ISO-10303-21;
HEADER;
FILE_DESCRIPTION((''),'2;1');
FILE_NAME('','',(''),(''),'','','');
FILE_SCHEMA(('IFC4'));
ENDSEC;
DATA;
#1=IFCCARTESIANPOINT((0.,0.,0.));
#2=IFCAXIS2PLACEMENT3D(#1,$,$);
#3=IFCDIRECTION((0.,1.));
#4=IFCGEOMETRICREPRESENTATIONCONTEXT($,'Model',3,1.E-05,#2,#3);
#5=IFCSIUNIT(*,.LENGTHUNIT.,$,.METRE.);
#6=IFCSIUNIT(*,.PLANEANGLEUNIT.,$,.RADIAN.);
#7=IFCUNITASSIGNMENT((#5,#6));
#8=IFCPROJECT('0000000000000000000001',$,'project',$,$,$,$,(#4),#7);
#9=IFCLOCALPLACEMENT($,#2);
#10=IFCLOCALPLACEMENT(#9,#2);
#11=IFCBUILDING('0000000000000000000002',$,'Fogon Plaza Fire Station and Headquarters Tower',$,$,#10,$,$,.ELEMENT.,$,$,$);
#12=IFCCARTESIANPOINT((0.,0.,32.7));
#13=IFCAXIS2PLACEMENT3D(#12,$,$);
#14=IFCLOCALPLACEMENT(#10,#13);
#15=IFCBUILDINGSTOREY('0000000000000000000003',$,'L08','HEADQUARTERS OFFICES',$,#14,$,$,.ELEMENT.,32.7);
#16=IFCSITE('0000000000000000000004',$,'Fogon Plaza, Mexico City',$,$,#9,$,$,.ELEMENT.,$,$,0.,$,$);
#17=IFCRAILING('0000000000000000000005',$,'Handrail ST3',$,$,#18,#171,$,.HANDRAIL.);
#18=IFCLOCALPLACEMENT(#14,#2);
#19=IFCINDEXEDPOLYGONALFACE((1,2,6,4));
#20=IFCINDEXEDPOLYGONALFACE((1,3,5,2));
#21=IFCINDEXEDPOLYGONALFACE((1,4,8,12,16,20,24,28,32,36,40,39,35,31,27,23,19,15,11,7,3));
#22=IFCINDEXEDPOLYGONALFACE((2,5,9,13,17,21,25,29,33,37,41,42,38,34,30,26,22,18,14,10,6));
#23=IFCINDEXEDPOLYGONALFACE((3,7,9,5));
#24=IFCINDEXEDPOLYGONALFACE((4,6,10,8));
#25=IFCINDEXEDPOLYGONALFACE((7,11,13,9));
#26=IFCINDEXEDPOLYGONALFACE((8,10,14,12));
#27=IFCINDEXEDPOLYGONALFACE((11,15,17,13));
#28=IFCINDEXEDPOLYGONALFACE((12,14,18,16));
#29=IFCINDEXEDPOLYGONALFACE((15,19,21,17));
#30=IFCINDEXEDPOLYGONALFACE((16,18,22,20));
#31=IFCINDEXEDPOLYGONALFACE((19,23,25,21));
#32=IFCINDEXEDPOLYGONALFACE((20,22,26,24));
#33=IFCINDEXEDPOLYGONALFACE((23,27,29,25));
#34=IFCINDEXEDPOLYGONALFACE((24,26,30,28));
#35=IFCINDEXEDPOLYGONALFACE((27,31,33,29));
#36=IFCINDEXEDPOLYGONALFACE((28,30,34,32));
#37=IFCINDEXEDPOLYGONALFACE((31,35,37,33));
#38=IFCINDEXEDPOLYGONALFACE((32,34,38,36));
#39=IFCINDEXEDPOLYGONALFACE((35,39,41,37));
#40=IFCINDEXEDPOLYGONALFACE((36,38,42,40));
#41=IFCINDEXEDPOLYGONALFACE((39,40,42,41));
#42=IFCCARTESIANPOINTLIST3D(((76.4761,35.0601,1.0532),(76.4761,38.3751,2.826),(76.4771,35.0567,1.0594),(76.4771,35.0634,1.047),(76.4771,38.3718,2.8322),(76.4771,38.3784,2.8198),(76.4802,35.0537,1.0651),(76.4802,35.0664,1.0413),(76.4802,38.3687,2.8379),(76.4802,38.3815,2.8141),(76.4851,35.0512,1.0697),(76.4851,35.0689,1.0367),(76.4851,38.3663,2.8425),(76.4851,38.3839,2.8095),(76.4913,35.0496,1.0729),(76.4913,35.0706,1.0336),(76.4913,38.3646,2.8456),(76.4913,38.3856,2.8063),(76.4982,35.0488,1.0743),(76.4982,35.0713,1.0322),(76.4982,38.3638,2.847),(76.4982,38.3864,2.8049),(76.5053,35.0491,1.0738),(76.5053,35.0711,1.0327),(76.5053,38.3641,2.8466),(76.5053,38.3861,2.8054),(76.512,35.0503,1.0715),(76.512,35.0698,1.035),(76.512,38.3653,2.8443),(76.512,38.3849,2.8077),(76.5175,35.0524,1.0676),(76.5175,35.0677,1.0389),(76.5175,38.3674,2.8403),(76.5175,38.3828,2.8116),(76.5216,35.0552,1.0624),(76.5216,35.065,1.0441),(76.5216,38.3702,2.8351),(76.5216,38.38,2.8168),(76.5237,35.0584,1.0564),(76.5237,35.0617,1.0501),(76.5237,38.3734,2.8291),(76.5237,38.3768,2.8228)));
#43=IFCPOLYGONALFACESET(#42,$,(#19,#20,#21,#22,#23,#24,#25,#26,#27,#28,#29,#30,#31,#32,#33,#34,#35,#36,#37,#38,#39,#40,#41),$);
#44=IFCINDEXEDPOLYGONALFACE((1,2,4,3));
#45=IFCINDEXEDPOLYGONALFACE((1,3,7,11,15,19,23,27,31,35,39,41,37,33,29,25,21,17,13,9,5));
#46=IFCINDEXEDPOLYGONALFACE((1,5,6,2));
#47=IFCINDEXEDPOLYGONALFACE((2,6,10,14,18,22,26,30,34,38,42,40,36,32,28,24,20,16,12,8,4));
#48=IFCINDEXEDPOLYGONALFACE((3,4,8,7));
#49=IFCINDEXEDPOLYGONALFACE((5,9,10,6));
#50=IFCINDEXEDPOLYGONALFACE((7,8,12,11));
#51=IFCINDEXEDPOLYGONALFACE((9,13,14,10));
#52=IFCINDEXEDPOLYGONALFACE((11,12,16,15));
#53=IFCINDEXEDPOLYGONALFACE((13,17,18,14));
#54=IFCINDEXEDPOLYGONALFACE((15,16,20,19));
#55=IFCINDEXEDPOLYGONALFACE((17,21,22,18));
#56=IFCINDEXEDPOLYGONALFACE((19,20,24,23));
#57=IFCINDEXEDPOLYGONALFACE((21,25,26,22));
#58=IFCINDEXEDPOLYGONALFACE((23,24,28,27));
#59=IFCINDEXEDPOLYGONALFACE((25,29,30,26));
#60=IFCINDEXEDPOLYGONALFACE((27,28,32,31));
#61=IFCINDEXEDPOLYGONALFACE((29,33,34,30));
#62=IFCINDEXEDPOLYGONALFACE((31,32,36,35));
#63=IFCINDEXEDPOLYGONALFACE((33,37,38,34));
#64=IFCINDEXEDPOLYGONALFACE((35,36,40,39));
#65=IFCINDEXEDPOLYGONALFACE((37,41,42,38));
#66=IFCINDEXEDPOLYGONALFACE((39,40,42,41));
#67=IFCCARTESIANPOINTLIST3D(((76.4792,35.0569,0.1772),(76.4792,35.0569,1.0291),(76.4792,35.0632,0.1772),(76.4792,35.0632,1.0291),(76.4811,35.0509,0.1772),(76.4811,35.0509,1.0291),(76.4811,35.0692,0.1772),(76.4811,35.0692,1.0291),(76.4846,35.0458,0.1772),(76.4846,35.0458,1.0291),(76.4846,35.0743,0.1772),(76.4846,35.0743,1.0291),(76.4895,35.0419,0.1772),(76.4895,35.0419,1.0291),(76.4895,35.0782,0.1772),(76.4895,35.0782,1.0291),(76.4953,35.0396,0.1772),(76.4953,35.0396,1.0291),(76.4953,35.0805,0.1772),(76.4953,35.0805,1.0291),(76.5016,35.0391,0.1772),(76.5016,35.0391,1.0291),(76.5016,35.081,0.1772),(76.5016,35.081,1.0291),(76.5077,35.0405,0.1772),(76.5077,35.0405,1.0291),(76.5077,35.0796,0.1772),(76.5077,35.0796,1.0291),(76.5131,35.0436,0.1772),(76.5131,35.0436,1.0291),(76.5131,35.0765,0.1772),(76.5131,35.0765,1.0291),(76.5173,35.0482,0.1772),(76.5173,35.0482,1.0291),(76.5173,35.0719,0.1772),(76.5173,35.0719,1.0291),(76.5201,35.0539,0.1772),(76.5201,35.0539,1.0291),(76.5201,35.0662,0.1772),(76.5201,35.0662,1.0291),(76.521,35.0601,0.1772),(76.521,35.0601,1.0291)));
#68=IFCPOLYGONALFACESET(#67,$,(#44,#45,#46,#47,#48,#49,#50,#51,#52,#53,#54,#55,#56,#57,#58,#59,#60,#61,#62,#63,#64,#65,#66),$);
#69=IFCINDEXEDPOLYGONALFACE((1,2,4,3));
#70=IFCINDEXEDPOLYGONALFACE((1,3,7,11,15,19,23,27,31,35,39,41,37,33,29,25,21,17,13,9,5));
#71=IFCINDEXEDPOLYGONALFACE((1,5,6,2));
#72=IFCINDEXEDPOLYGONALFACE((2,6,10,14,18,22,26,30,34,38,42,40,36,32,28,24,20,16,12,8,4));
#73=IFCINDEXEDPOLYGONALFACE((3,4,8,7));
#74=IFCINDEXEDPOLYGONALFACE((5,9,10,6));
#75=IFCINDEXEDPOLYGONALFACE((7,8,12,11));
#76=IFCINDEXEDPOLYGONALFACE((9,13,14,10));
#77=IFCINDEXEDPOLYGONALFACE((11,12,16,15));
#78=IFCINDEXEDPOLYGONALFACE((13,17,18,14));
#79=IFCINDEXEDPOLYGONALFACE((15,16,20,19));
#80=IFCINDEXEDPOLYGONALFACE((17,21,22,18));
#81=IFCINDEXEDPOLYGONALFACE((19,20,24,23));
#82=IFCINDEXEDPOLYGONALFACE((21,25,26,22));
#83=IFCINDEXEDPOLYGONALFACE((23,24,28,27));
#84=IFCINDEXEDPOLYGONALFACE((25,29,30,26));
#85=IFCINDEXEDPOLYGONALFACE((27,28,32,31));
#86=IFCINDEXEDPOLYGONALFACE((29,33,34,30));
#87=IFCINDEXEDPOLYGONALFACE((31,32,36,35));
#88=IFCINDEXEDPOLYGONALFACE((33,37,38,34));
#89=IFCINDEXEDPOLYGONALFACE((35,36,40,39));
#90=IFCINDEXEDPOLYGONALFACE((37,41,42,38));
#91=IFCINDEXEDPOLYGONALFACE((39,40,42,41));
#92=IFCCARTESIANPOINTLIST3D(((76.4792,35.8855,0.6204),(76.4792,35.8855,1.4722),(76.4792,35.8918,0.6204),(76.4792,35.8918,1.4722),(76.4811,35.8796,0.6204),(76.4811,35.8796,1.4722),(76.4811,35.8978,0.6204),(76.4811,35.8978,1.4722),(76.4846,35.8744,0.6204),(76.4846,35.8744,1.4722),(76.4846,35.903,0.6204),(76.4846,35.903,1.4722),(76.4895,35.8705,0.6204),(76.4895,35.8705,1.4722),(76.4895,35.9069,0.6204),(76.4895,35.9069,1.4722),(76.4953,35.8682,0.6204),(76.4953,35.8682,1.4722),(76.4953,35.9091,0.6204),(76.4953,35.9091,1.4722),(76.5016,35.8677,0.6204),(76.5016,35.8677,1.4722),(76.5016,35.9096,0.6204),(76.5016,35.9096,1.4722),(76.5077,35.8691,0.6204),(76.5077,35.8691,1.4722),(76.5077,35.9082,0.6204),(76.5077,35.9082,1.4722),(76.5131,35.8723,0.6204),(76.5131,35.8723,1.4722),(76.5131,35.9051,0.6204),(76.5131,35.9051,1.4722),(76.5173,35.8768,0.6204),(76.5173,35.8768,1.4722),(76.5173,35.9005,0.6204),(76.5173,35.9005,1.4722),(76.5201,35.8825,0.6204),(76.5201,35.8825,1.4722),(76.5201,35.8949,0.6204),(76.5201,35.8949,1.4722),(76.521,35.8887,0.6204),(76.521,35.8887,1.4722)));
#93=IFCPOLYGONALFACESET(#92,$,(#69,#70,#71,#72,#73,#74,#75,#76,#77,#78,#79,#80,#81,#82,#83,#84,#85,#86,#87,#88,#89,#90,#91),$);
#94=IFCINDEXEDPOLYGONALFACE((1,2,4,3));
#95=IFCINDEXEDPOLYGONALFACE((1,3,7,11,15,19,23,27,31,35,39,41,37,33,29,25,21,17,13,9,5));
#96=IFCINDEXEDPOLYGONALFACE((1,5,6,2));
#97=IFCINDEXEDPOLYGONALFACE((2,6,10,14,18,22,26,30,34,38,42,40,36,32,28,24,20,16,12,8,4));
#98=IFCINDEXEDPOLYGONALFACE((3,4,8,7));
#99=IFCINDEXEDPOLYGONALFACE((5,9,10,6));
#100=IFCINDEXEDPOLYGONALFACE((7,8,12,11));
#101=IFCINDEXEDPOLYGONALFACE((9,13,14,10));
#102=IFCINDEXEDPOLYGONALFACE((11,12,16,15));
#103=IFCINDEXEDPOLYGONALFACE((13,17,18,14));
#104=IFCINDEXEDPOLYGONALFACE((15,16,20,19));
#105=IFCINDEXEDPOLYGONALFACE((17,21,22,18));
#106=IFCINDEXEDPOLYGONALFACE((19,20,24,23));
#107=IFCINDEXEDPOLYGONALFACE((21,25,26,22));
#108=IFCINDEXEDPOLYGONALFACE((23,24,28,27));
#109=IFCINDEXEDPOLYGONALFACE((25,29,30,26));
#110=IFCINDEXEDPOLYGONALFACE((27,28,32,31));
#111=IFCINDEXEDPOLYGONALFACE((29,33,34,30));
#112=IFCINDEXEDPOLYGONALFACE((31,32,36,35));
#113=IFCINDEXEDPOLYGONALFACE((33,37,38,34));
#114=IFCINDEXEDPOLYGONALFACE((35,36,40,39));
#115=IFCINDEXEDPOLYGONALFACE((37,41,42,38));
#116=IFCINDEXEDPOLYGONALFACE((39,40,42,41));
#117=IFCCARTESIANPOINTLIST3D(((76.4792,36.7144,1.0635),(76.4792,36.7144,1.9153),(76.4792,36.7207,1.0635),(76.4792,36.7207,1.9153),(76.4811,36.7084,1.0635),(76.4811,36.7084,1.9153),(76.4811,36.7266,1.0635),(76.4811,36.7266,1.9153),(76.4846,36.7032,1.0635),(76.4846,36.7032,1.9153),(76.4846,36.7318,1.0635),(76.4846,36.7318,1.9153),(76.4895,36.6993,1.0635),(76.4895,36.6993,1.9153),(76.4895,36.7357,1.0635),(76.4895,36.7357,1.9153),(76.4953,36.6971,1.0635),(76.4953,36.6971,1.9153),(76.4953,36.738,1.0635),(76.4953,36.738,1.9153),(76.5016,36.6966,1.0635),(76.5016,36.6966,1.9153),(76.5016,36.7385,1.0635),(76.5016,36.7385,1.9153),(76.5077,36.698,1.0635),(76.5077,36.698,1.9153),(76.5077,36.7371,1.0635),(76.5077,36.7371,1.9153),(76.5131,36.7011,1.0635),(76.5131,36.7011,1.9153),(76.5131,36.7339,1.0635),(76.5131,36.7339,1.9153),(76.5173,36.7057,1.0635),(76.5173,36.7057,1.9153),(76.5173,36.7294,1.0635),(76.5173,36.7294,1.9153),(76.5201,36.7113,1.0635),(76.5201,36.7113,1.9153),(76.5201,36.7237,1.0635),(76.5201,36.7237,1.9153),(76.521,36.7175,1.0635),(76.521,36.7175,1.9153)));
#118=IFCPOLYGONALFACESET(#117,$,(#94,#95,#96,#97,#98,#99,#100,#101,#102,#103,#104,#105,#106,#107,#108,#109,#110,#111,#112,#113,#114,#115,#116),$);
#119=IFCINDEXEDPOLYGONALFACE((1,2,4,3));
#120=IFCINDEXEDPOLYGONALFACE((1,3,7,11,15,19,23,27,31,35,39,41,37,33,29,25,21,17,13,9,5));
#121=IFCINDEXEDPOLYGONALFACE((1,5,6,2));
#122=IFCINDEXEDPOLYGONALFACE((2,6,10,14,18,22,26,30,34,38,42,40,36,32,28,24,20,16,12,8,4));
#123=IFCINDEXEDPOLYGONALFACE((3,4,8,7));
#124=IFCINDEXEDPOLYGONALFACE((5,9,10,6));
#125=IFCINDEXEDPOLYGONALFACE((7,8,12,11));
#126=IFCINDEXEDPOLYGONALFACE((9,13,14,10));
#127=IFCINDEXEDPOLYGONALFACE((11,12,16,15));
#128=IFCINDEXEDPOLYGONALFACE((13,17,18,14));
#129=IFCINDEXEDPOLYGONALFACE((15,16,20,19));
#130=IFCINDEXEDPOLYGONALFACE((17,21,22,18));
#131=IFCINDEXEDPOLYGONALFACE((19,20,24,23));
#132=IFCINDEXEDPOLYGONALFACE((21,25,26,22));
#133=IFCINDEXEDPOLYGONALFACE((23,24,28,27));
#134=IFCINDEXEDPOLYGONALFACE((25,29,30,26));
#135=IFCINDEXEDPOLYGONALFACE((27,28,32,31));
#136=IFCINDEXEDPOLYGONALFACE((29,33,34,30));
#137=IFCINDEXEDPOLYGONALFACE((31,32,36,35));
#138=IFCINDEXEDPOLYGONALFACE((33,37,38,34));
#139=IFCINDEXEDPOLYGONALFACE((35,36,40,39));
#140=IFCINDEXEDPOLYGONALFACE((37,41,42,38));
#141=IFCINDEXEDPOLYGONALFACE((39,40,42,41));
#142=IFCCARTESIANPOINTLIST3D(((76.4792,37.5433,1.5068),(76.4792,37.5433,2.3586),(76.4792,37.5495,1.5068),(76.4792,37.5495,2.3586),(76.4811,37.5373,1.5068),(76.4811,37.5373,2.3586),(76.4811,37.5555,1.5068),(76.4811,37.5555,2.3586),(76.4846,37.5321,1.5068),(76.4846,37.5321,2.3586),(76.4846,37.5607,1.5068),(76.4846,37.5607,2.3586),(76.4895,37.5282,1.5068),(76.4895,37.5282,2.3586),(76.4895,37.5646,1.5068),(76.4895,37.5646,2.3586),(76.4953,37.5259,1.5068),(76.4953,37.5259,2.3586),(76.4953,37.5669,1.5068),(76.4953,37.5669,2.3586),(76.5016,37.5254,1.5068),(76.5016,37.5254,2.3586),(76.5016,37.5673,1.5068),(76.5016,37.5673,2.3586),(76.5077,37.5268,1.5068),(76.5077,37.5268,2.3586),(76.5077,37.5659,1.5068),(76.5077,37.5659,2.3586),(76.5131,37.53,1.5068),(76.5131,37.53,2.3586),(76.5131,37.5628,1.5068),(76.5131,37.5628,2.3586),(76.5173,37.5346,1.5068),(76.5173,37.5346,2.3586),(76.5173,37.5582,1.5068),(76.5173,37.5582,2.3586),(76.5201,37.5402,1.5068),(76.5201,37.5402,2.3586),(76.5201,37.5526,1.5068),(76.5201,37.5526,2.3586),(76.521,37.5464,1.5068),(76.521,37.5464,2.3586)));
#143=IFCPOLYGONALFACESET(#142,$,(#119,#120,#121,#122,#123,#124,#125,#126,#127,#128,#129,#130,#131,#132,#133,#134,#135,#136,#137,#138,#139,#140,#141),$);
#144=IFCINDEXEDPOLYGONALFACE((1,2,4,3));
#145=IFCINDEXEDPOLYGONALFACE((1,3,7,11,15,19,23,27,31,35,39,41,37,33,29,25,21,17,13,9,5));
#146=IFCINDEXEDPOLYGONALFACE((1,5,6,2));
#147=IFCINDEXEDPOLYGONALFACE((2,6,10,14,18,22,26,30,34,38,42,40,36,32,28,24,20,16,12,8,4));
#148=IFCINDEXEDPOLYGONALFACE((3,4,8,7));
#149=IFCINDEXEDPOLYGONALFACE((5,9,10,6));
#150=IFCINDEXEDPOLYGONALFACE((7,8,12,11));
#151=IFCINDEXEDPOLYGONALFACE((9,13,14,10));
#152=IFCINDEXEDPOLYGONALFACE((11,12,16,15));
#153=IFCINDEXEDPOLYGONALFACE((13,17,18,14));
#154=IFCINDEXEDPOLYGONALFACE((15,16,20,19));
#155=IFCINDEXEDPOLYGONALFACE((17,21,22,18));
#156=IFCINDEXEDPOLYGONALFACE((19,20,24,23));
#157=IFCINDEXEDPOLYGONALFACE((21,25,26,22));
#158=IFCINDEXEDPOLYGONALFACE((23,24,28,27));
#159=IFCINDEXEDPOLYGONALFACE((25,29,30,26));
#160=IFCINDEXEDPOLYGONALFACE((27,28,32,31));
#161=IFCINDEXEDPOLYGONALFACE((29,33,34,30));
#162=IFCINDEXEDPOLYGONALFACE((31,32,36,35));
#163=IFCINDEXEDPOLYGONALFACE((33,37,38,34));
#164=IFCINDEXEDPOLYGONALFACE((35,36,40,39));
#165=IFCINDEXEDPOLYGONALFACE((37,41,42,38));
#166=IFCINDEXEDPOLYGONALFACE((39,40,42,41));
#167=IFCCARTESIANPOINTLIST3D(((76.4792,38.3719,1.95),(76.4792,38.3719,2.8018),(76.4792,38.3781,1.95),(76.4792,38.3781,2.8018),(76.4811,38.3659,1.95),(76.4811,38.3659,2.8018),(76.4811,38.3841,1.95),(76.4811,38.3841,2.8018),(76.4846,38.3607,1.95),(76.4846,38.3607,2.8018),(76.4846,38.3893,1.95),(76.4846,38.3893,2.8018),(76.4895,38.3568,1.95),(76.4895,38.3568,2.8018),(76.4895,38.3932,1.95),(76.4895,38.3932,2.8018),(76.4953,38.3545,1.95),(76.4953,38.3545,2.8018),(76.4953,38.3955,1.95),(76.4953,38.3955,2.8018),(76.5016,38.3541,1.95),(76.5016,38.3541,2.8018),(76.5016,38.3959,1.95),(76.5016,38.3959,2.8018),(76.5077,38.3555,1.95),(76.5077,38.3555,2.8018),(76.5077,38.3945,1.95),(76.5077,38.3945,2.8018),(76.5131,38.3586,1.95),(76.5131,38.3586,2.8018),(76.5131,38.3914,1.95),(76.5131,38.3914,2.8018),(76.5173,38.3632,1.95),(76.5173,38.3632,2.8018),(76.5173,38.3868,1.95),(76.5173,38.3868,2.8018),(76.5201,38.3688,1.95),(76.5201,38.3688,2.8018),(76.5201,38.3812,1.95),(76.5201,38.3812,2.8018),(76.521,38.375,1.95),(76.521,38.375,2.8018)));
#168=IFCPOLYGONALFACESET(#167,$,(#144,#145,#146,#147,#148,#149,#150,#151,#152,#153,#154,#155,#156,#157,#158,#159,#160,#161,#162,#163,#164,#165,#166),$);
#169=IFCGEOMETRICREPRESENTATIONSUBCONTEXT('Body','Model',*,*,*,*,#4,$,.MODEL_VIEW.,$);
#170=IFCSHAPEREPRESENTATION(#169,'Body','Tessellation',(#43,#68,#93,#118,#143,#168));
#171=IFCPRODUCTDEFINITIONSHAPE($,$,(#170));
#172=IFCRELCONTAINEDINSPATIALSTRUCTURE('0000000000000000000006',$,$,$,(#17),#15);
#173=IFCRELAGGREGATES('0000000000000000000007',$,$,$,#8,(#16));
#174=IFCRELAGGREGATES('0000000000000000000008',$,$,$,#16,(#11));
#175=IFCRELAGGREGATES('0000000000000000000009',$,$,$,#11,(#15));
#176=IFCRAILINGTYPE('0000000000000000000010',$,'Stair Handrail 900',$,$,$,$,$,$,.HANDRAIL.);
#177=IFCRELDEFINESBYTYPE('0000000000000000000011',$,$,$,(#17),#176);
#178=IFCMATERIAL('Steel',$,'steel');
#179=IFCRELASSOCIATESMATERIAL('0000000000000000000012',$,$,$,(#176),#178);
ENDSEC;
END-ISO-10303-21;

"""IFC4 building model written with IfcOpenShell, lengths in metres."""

from ifc_helpers import new_model, si_unit, direction, frame, origin, origin_2d, place, context, subcontext, project, spatial, circle, extrude, material, type_object, element, save


model = new_model("IFC4")

# Units and contexts
model_context = context("Model", 3, precision=1e-05, world=origin(), true_north=direction((0.0, 1.0)))
body_context = subcontext(model_context, "Body", "Model", "MODEL_VIEW")
ifc_project = project(units=[si_unit("LENGTHUNIT", "METRE"), si_unit("PLANEANGLEUNIT", "RADIAN")], contexts=[model_context])

# Site, building, storey
site_placement = place(None, origin())
site = spatial("IfcSite", under=ifc_project, at=site_placement, Name="Fogon Plaza, Mexico City", CompositionType="ELEMENT", RefElevation=0.0)
building_placement = place(site_placement, origin())
building = spatial("IfcBuilding", under=site, at=building_placement, Name="Fogon Plaza Fire Station and Headquarters Tower", CompositionType="ELEMENT")
storey_placement = place(building_placement, frame((0.0, 0.0, 32.7)))
storey = spatial("IfcBuildingStorey", under=building, at=storey_placement, Name="L08", Description="HEADQUARTERS OFFICES", CompositionType="ELEMENT", Elevation=32.7)

# Railing
ifc_material_1 = material(Name="Steel", Category="steel")
railing_type = type_object("IfcRailingType", Name="Stair Handrail 900", PredefinedType="HANDRAIL", material=ifc_material_1)
for number, where, name in (
    (1, (76.5, 35.0601, 0.1772), "Handrail ST3"),
):
    element("IfcRailing", number, at=place(storey_placement, frame(where)), inside=storey, type_object=railing_type, Name=name, PredefinedType="HANDRAIL", context=body_context, shape_type="SweptSolid", body=[
        extrude(circle(Radius=0.0239, at=origin_2d()), frame((0.0, 0.0, 0.876), z_axis=(0.0, 0.881829, 0.471569), x_axis=(-1.0, 0.0, 0.0)), (0.0, 0.0, 1.0), 3.7593),
        extrude(circle(Radius=0.021, at=origin_2d()), origin(), (0.0, 0.0, 1.0), 0.8518),
        extrude(circle(Radius=0.021, at=origin_2d()), frame((0.0, 0.8286, 0.4431)), (0.0, 0.0, 1.0), 0.8518),
        extrude(circle(Radius=0.021, at=origin_2d()), frame((0.0, 1.6575, 0.8862)), (0.0, 0.0, 1.0), 0.8518),
        extrude(circle(Radius=0.021, at=origin_2d()), frame((0.0, 2.4863, 1.3296)), (0.0, 0.0, 1.0), 0.8518),
        extrude(circle(Radius=0.021, at=origin_2d()), frame((0.0, 3.3149, 1.7727)), (0.0, 0.0, 1.0), 0.8518),
    ])

save(model, "model.ifc")
